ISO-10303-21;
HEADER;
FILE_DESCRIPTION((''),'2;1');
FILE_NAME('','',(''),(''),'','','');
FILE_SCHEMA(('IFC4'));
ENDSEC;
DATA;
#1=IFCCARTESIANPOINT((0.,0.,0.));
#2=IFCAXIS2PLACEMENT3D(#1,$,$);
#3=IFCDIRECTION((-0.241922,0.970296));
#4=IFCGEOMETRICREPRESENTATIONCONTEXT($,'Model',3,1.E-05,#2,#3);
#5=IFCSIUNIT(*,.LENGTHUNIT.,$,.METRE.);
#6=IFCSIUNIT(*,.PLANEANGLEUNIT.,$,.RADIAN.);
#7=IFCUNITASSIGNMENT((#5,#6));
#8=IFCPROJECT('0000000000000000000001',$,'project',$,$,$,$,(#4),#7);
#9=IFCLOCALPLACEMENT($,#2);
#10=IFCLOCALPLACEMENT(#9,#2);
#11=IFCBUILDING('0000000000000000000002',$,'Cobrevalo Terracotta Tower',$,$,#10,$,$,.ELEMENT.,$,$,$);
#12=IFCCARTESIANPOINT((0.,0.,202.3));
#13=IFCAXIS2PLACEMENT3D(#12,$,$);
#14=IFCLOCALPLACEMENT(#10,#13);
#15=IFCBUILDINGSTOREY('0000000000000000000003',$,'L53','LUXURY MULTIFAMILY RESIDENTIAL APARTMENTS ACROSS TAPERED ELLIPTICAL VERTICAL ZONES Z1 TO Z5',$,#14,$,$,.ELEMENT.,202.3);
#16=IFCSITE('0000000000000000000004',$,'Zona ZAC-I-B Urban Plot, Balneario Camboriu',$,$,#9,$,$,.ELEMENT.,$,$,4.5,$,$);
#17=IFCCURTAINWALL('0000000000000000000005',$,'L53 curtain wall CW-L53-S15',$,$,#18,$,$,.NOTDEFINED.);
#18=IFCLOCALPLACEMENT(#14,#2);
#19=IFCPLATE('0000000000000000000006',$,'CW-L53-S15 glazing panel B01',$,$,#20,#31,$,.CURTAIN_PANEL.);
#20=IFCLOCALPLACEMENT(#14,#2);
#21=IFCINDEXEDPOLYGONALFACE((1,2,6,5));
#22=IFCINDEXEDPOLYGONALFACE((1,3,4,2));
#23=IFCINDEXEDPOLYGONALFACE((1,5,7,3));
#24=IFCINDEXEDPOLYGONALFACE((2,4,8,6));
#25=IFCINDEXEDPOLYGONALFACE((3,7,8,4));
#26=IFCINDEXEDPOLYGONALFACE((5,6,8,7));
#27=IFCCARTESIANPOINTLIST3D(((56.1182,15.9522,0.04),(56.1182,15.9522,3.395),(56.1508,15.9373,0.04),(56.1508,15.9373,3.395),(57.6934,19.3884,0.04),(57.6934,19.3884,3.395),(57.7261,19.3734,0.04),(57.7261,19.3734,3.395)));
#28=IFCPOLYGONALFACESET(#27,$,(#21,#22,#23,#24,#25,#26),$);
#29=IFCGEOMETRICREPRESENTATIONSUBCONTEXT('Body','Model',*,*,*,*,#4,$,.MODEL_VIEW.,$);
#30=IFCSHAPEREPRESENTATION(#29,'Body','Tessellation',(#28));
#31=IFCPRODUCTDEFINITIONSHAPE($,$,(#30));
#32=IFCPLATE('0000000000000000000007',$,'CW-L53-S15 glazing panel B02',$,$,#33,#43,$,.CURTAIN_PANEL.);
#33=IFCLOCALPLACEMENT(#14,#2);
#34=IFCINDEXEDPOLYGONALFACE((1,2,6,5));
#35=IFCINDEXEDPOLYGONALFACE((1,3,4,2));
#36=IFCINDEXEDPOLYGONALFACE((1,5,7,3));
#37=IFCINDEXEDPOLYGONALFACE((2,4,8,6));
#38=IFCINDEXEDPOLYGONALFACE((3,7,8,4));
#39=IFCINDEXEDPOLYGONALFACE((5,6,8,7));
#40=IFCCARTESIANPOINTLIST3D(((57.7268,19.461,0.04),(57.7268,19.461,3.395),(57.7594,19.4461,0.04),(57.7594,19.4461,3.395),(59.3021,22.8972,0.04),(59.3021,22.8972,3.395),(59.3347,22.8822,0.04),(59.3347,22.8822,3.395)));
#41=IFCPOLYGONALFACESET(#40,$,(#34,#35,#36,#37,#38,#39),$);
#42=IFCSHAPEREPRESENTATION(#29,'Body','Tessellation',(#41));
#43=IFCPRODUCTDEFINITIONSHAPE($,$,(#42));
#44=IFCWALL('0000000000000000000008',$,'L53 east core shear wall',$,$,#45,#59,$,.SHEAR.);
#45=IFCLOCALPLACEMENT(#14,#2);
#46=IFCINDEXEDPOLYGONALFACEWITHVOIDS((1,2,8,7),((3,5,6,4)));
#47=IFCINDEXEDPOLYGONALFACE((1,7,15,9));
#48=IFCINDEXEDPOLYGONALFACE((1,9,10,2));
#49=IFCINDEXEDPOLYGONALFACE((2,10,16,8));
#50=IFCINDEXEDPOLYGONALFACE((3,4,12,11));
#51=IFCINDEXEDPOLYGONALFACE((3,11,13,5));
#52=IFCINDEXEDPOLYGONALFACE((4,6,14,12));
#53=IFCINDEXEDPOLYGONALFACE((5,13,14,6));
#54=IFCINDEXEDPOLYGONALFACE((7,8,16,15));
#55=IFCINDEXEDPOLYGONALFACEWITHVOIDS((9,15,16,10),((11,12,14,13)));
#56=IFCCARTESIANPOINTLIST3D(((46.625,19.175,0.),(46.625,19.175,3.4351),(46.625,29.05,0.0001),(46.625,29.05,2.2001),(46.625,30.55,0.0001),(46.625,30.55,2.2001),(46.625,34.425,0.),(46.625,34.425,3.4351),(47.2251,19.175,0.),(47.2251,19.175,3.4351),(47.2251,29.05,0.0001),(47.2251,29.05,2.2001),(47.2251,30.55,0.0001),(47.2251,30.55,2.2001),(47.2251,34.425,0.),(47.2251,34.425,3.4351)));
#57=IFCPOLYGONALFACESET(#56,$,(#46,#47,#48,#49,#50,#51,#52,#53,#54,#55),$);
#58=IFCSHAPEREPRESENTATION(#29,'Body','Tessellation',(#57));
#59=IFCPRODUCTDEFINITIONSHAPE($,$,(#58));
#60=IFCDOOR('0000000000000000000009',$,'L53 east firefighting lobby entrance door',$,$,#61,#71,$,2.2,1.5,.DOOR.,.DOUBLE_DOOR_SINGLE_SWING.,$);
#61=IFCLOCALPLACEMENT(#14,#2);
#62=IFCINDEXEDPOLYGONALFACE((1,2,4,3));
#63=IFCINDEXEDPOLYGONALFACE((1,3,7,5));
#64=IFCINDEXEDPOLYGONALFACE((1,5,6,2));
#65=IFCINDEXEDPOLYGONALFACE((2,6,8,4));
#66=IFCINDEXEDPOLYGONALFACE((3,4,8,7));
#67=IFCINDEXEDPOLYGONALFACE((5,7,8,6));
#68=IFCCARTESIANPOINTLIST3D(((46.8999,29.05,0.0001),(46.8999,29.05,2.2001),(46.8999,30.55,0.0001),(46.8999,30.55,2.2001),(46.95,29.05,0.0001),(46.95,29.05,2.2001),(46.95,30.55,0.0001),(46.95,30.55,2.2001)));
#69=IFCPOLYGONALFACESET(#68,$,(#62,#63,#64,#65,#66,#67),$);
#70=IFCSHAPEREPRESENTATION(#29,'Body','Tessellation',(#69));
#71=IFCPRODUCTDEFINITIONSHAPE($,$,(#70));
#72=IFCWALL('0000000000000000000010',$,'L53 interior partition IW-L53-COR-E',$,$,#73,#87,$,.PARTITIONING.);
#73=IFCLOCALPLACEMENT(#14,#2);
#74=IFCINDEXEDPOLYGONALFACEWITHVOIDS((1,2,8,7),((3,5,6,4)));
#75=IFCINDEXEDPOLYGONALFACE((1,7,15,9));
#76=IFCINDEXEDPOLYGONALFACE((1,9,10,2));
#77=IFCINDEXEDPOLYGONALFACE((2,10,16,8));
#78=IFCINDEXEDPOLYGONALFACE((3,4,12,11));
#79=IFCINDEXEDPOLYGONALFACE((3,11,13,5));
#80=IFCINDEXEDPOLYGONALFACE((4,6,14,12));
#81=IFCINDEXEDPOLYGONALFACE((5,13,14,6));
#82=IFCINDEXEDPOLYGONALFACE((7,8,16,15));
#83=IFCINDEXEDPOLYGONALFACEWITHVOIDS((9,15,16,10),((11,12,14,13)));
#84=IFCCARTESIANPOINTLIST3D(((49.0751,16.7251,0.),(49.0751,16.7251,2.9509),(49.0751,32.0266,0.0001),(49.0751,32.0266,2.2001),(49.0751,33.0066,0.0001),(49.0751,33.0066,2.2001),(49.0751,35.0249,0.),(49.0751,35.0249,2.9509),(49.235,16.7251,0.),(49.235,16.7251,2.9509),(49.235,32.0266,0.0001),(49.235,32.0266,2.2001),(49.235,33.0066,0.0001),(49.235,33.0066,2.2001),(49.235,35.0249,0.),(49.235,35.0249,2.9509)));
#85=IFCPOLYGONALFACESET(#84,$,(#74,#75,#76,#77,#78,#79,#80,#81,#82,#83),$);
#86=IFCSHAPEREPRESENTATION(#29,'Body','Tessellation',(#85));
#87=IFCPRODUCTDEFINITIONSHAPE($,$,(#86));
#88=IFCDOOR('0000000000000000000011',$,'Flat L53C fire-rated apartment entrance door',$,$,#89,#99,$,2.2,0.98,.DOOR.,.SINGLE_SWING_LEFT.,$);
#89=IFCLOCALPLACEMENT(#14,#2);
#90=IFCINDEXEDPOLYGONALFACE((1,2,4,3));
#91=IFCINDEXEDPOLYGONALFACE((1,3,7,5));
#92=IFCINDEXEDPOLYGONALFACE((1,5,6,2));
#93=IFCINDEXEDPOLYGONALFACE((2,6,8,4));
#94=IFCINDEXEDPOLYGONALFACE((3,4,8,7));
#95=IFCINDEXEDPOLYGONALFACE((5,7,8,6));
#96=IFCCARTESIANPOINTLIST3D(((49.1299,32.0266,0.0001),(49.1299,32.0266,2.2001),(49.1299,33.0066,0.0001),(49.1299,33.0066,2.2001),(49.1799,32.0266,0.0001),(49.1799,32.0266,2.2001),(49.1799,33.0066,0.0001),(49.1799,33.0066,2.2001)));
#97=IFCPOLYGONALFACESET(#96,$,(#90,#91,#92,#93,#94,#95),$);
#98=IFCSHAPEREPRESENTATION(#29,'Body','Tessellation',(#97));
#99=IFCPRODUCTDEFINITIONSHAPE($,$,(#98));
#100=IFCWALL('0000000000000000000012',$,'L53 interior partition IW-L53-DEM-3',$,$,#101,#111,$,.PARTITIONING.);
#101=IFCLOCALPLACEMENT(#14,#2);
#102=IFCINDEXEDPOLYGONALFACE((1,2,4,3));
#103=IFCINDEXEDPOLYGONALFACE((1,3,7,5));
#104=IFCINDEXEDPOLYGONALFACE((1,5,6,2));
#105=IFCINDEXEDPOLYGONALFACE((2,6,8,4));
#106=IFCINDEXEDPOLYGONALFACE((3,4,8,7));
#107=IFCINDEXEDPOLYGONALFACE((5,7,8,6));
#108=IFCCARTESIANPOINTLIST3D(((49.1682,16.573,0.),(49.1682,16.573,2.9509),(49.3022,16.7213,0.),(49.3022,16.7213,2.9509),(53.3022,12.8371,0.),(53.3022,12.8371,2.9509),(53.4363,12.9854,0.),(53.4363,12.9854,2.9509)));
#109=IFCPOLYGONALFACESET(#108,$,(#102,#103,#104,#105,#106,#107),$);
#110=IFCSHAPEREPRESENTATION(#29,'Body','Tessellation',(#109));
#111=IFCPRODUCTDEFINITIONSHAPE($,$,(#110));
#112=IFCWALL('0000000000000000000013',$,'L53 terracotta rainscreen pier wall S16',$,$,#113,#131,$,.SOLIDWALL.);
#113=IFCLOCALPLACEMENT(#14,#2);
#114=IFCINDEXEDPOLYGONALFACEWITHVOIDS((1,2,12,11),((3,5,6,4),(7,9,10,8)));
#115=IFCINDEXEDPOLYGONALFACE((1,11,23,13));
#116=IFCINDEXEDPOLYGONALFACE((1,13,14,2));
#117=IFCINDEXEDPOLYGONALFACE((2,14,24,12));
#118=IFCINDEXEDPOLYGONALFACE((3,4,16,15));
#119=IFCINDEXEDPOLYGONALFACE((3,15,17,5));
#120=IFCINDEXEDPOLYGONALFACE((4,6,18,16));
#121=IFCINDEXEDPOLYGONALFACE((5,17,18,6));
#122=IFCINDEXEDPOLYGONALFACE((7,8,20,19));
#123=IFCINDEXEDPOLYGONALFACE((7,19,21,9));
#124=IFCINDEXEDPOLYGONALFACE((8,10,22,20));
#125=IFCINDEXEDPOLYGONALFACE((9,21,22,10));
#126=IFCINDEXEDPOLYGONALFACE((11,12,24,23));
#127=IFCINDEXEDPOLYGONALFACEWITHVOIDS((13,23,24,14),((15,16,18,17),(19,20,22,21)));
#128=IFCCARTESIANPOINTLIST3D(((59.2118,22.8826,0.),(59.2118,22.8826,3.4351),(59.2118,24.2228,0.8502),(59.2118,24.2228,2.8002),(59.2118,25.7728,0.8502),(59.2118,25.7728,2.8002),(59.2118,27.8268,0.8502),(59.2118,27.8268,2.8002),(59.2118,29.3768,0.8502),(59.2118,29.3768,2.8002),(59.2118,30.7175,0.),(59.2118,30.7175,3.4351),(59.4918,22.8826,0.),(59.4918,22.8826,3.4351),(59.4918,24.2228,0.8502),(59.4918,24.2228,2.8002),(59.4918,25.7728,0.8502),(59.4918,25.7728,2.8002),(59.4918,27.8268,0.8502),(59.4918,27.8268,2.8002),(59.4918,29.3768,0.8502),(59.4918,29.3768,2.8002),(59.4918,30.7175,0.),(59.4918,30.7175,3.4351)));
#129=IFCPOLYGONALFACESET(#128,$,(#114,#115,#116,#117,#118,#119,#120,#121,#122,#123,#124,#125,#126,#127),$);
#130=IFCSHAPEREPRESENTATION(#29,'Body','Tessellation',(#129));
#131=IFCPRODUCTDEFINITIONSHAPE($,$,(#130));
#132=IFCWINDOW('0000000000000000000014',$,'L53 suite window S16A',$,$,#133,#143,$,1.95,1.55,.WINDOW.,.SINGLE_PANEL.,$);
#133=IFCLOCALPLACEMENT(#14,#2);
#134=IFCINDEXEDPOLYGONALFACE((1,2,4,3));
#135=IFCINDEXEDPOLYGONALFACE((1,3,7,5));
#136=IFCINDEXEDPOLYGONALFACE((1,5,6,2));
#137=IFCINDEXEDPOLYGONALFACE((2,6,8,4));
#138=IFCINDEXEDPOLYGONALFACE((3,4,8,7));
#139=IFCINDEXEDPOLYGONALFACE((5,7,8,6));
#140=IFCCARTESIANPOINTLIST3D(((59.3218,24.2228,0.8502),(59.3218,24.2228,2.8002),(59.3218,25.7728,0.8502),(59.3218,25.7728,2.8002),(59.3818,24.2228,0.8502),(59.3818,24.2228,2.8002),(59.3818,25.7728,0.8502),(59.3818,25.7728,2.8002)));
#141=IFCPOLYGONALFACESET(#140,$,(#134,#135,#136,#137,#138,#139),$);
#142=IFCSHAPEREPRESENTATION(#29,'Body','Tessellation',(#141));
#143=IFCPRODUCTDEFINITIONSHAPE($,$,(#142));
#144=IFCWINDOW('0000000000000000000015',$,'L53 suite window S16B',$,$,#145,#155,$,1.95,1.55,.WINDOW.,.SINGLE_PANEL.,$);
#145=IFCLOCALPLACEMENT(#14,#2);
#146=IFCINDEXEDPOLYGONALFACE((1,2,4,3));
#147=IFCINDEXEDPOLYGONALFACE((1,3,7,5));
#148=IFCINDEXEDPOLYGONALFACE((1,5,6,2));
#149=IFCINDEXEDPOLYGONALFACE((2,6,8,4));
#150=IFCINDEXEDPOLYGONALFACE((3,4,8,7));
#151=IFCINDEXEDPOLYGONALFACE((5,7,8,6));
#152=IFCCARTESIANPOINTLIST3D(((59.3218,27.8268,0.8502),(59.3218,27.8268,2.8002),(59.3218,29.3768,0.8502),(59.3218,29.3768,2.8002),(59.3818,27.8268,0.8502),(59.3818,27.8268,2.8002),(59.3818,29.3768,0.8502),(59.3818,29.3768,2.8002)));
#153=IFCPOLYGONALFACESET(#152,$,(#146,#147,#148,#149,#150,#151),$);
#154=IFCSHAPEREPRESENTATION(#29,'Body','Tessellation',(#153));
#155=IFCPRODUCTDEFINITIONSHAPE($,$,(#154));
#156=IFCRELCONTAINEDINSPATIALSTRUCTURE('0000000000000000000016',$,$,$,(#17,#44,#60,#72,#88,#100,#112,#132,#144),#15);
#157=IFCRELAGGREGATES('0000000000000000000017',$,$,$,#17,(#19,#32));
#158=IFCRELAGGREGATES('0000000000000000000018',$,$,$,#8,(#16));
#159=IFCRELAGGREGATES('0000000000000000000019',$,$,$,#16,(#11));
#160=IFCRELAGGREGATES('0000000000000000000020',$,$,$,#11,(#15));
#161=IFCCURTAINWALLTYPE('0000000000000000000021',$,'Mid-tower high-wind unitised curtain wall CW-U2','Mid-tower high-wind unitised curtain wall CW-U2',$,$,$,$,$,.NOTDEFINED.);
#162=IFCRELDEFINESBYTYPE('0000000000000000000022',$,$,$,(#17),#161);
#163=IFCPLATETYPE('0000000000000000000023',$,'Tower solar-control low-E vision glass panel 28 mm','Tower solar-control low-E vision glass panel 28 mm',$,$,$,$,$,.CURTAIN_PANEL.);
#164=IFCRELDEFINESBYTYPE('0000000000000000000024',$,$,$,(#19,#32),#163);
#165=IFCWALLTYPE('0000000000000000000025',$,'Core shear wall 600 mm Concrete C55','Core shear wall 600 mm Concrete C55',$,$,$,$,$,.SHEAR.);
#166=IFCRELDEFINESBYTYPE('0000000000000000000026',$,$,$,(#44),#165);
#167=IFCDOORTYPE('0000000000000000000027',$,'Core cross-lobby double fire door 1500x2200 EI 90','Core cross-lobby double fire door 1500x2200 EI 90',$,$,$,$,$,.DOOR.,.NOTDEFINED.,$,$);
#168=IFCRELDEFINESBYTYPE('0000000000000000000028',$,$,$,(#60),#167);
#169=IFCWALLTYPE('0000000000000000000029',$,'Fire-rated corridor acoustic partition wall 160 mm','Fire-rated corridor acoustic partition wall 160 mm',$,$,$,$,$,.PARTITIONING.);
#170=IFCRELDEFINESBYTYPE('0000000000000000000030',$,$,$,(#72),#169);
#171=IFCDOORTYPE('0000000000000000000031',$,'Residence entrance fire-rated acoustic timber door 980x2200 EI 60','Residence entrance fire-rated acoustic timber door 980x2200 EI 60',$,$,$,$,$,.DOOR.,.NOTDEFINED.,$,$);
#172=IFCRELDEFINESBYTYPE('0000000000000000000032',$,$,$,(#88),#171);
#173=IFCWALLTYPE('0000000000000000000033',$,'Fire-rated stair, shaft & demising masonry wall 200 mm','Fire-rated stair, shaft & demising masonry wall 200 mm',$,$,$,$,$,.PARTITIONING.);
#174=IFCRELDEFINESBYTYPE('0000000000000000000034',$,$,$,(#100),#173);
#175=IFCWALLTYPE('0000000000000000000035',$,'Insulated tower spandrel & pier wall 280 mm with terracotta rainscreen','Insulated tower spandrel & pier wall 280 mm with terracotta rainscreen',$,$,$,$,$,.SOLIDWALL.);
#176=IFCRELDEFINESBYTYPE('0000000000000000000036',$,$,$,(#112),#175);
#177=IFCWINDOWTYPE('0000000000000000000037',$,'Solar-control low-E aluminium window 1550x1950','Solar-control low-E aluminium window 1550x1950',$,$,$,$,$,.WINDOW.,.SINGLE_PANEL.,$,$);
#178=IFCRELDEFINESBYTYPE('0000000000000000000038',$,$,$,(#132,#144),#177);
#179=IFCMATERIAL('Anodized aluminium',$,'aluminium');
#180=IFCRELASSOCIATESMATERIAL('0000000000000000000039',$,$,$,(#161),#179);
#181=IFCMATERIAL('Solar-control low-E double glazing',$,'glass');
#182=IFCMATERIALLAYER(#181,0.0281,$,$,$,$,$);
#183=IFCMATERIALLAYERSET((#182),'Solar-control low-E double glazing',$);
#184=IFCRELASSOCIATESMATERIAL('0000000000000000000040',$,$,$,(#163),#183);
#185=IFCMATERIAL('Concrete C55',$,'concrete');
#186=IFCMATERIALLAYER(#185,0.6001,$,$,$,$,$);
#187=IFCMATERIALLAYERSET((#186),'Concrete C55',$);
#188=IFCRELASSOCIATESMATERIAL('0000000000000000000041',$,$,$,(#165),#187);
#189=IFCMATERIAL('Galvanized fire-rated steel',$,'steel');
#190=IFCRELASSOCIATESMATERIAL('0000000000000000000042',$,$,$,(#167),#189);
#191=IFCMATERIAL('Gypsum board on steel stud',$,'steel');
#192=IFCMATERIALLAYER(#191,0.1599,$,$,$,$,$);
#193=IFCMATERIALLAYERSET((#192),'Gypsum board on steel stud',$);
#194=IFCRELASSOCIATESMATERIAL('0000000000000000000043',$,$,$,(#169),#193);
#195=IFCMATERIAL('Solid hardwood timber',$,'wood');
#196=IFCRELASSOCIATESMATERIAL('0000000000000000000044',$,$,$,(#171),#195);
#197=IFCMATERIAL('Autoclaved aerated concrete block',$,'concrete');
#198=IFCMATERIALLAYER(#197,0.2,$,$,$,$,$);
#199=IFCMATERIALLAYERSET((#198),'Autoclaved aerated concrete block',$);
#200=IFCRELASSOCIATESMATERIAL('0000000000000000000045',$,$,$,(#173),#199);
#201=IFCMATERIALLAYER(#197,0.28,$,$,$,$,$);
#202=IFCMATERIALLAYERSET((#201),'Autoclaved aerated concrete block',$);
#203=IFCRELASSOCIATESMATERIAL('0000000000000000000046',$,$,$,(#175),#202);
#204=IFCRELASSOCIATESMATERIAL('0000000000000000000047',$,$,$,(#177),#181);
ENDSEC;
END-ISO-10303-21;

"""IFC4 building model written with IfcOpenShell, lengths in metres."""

from ifc_helpers import new_model, si_unit, direction, frame, frame_2d, origin, origin_2d, place, context, subcontext, project, spatial, rectangle, extrude, source, transform, mapped, material, layer, layer_set, type_object, element, fill, aggregate, save


model = new_model("IFC4")

# Units and contexts
model_context = context("Model", 3, precision=1e-05, world=origin(), true_north=direction((-0.241922, 0.970296)))
body_context = subcontext(model_context, "Body", "Model", "MODEL_VIEW")
ifc_project = project(units=[si_unit("LENGTHUNIT", "METRE"), si_unit("PLANEANGLEUNIT", "RADIAN")], contexts=[model_context])

# Site, building, storey
site_placement = place(None, origin())
site = spatial("IfcSite", under=ifc_project, at=site_placement, Name="Zona ZAC-I-B Urban Plot, Balneario Camboriu", CompositionType="ELEMENT", RefElevation=4.5)
building_placement = place(site_placement, origin())
building = spatial("IfcBuilding", under=site, at=building_placement, Name="Cobrevalo Terracotta Tower", CompositionType="ELEMENT")
storey_placement = place(building_placement, frame((0.0, 0.0, 202.3)))
storey = spatial("IfcBuildingStorey", under=building, at=storey_placement, Name="L53", Description="LUXURY MULTIFAMILY RESIDENTIAL APARTMENTS ACROSS TAPERED ELLIPTICAL VERTICAL ZONES Z1 TO Z5", CompositionType="ELEMENT", Elevation=202.3)

# Curtain wall, plates
ifc_material_1 = material(Name="Anodized aluminium", Category="aluminium")
curtain_wall_type = type_object("IfcCurtainWallType", Name="Mid-tower high-wind unitised curtain wall CW-U2", Description="Mid-tower high-wind unitised curtain wall CW-U2", PredefinedType="NOTDEFINED", material=ifc_material_1)
curtain_wall_placement = place(storey_placement, origin())
curtain_wall = element("IfcCurtainWall", 1, at=curtain_wall_placement, inside=storey, type_object=curtain_wall_type, Name="L53 curtain wall CW-L53-S15", PredefinedType="NOTDEFINED")
ifc_material_2 = material(Name="Solar-control low-E double glazing", Category="glass")
ifc_layer_1 = layer(ifc_material_2, 0.0281)
ifc_layer_set_1 = layer_set([ifc_layer_1], Name="Solar-control low-E double glazing")
plate_type = type_object("IfcPlateType", Name="Tower solar-control low-E vision glass panel 28 mm", Description="Tower solar-control low-E vision glass panel 28 mm", PredefinedType="CURTAIN_PANEL", material=ifc_layer_set_1)
shared_shape_1 = source(origin(), body_context, "Body", "SweptSolid", [
    extrude(rectangle(XDim=3.78, YDim=0.0359, at=origin_2d()), origin(), (0.0, 0.0, 1.0), 3.355),
])
plate_1_placement = place(storey_placement, frame((56.9221, 17.6628, 0.04), z_axis=(0.0, 0.0, 1.0), x_axis=(0.416731, 0.90903, 0.0)))
plate_1 = element("IfcPlate", 2, at=plate_1_placement, type_object=plate_type, Name="CW-L53-S15 glazing panel B01", PredefinedType="CURTAIN_PANEL", context=body_context, shape_type="MappedRepresentation", body=[
    mapped(shared_shape_1, transform((0.0, 0.0, 0.0), scale=1.0)),
])
plate_2_placement = place(storey_placement, frame((58.5308, 21.1716, 0.04), z_axis=(0.0, 0.0, 1.0), x_axis=(0.416731, 0.90903, 0.0)))
plate_2 = element("IfcPlate", 3, at=plate_2_placement, type_object=plate_type, Name="CW-L53-S15 glazing panel B02", PredefinedType="CURTAIN_PANEL", context=body_context, shape_type="MappedRepresentation", body=[
    mapped(shared_shape_1, transform((0.0, 0.0, 0.0), scale=1.0)),
])
aggregate(curtain_wall, [plate_1, plate_2])

# Walls, openings, doors
ifc_material_3 = material(Name="Concrete C55", Category="concrete")
ifc_layer_2 = layer(ifc_material_3, 0.6001)
ifc_layer_set_2 = layer_set([ifc_layer_2], Name="Concrete C55")
wall_type_1 = type_object("IfcWallType", Name="Core shear wall 600 mm Concrete C55", Description="Core shear wall 600 mm Concrete C55", PredefinedType="SHEAR", material=ifc_layer_set_2)
wall_1_placement = place(storey_placement, frame((46.925, 19.175, 0.0), z_axis=(0.0, 0.0, 1.0), x_axis=(0.0, 1.0, 0.0)))
wall_1 = element("IfcWall", 4, at=wall_1_placement, inside=storey, type_object=wall_type_1, Name="L53 east core shear wall", PredefinedType="SHEAR", context=body_context, shape_type="SweptSolid", body=[
    extrude(rectangle(XDim=15.25, YDim=0.6001, at=frame_2d((7.625, 0.0))), origin(), (0.0, 0.0, 1.0), 3.4351),
])
opening_1_placement = place(wall_1_placement, frame((9.875, 0.0, 0.0)))
opening_1 = element("IfcOpeningElement", 5, at=opening_1_placement, cuts=wall_1, PredefinedType="OPENING", context=body_context, shape_type="SweptSolid", body=[
    extrude(rectangle(XDim=1.5, YDim=2.2, at=frame_2d((0.75, 1.1001))), frame((0.0, 0.3101, 0.0), z_axis=(0.0, -1.0, 0.0), x_axis=(1.0, 0.0, 0.0)), (0.0, 0.0, 1.0), 0.6201),
])
ifc_material_4 = material(Name="Galvanized fire-rated steel", Category="steel")
door_type_1 = type_object("IfcDoorType", Name="Core cross-lobby double fire door 1500x2200 EI 90", Description="Core cross-lobby double fire door 1500x2200 EI 90", OperationType="NOTDEFINED", PredefinedType="DOOR", material=ifc_material_4)
shared_shape_2 = source(origin(), body_context, "Body", "SweptSolid", [
    extrude(rectangle(XDim=1.5, YDim=2.2, at=frame_2d((0.75, 1.1001))), frame((0.0, 0.0249, 0.0), z_axis=(0.0, -1.0, 0.0), x_axis=(1.0, 0.0, 0.0)), (0.0, 0.0, 1.0), 0.05),
])
door_1_placement = place(opening_1_placement, frame((1.5, 0.0, 0.0), z_axis=(0.0, 0.0, 1.0), x_axis=(-1.0, 0.0, 0.0)))
door_1 = element("IfcDoor", 6, at=door_1_placement, inside=storey, type_object=door_type_1, Name="L53 east firefighting lobby entrance door", OperationType="DOUBLE_DOOR_SINGLE_SWING", OverallHeight=2.2, OverallWidth=1.5, PredefinedType="DOOR", context=body_context, shape_type="MappedRepresentation", body=[
    mapped(shared_shape_2, transform((0.0, 0.0, 0.0), scale=1.0)),
])
fill(opening_1, door_1)
ifc_material_5 = material(Name="Gypsum board on steel stud", Category="steel")
ifc_layer_3 = layer(ifc_material_5, 0.1599)
ifc_layer_set_3 = layer_set([ifc_layer_3], Name="Gypsum board on steel stud")
wall_type_2 = type_object("IfcWallType", Name="Fire-rated corridor acoustic partition wall 160 mm", Description="Fire-rated corridor acoustic partition wall 160 mm", PredefinedType="PARTITIONING", material=ifc_layer_set_3)
wall_2_placement = place(storey_placement, frame((49.155, 16.7251, 0.0), z_axis=(0.0, 0.0, 1.0), x_axis=(0.0, 1.0, 0.0)))
wall_2 = element("IfcWall", 7, at=wall_2_placement, inside=storey, type_object=wall_type_2, Name="L53 interior partition IW-L53-COR-E", PredefinedType="PARTITIONING", context=body_context, shape_type="SweptSolid", body=[
    extrude(rectangle(XDim=18.2998, YDim=0.1599, at=frame_2d((9.1499, 0.0))), origin(), (0.0, 0.0, 1.0), 2.9509),
])
opening_2_placement = place(wall_2_placement, frame((15.3015, 0.0, 0.0)))
opening_2 = element("IfcOpeningElement", 8, at=opening_2_placement, cuts=wall_2, PredefinedType="OPENING", context=body_context, shape_type="SweptSolid", body=[
    extrude(rectangle(XDim=0.98, YDim=2.2, at=frame_2d((0.49, 1.1001))), frame((0.0, 0.0898, 0.0), z_axis=(0.0, -1.0, 0.0), x_axis=(1.0, 0.0, 0.0)), (0.0, 0.0, 1.0), 0.1799),
])
ifc_material_6 = material(Name="Solid hardwood timber", Category="wood")
door_type_2 = type_object("IfcDoorType", Name="Residence entrance fire-rated acoustic timber door 980x2200 EI 60", Description="Residence entrance fire-rated acoustic timber door 980x2200 EI 60", OperationType="NOTDEFINED", PredefinedType="DOOR", material=ifc_material_6)
shared_shape_3 = source(origin(), body_context, "Body", "SweptSolid", [
    extrude(rectangle(XDim=0.98, YDim=2.2, at=frame_2d((0.49, 1.1001))), frame((0.0, 0.0249, 0.0), z_axis=(0.0, -1.0, 0.0), x_axis=(1.0, 0.0, 0.0)), (0.0, 0.0, 1.0), 0.05),
])
door_2_placement = place(opening_2_placement, frame((0.98, 0.0, 0.0), z_axis=(0.0, 0.0, 1.0), x_axis=(-1.0, 0.0, 0.0)))
door_2 = element("IfcDoor", 9, at=door_2_placement, inside=storey, type_object=door_type_2, Name="Flat L53C fire-rated apartment entrance door", OperationType="SINGLE_SWING_LEFT", OverallHeight=2.2, OverallWidth=0.98, PredefinedType="DOOR", context=body_context, shape_type="MappedRepresentation", body=[
    mapped(shared_shape_3, transform((0.0, 0.0, 0.0), scale=1.0)),
])
fill(opening_2, door_2)

# Wall
ifc_material_7 = material(Name="Autoclaved aerated concrete block", Category="concrete")
ifc_layer_4 = layer(ifc_material_7, 0.2)
ifc_layer_set_4 = layer_set([ifc_layer_4], Name="Autoclaved aerated concrete block")
wall_type_3 = type_object("IfcWallType", Name="Fire-rated stair, shaft & demising masonry wall 200 mm", Description="Fire-rated stair, shaft & demising masonry wall 200 mm", PredefinedType="PARTITIONING", material=ifc_layer_set_4)
wall_3_placement = place(storey_placement, frame((49.2351, 16.6472, 0.0), z_axis=(0.0, 0.0, 1.0), x_axis=(0.741935, -0.670471, 0.0)))
element("IfcWall", 10, at=wall_3_placement, inside=storey, type_object=wall_type_3, Name="L53 interior partition IW-L53-DEM-3", PredefinedType="PARTITIONING", context=body_context, shape_type="SweptSolid", body=[
    extrude(rectangle(XDim=5.572, YDim=0.2, at=frame_2d((2.7861, 0.0))), origin(), (0.0, 0.0, 1.0), 2.9509),
])

# Wall, openings, windows
ifc_layer_5 = layer(ifc_material_7, 0.28)
ifc_layer_set_5 = layer_set([ifc_layer_5], Name="Autoclaved aerated concrete block")
wall_type_4 = type_object("IfcWallType", Name="Insulated tower spandrel & pier wall 280 mm with terracotta rainscreen", Description="Insulated tower spandrel & pier wall 280 mm with terracotta rainscreen", PredefinedType="SOLIDWALL", material=ifc_layer_set_5)
wall_4_placement = place(storey_placement, frame((59.3518, 22.8826, 0.0), z_axis=(0.0, 0.0, 1.0), x_axis=(0.0, 1.0, 0.0)))
wall_4 = element("IfcWall", 11, at=wall_4_placement, inside=storey, type_object=wall_type_4, Name="L53 terracotta rainscreen pier wall S16", PredefinedType="SOLIDWALL", context=body_context, shape_type="SweptSolid", body=[
    extrude(rectangle(XDim=7.835, YDim=0.28, at=frame_2d((3.9175, 0.0))), origin(), (0.0, 0.0, 1.0), 3.4351),
])
opening_3_placement = place(wall_4_placement, frame((1.3403, 0.0, 0.8501)))
opening_3 = element("IfcOpeningElement", 12, at=opening_3_placement, cuts=wall_4, PredefinedType="OPENING", context=body_context, shape_type="SweptSolid", body=[
    extrude(rectangle(XDim=1.55, YDim=1.95, at=frame_2d((0.7749, 0.9751))), frame((0.0, 0.1499, 0.0), z_axis=(0.0, -1.0, 0.0), x_axis=(1.0, 0.0, 0.0)), (0.0, 0.0, 1.0), 0.3),
])
opening_4_placement = place(wall_4_placement, frame((4.9443, 0.0, 0.8501)))
opening_4 = element("IfcOpeningElement", 13, at=opening_4_placement, cuts=wall_4, PredefinedType="OPENING", context=body_context, shape_type="SweptSolid", body=[
    extrude(rectangle(XDim=1.55, YDim=1.95, at=frame_2d((0.7749, 0.9751))), frame((0.0, 0.1499, 0.0), z_axis=(0.0, -1.0, 0.0), x_axis=(1.0, 0.0, 0.0)), (0.0, 0.0, 1.0), 0.3),
])
window_type = type_object("IfcWindowType", Name="Solar-control low-E aluminium window 1550x1950", Description="Solar-control low-E aluminium window 1550x1950", PartitioningType="SINGLE_PANEL", PredefinedType="WINDOW", material=ifc_material_2)
shared_shape_4 = source(origin(), body_context, "Body", "SweptSolid", [
    extrude(rectangle(XDim=1.55, YDim=1.95, at=frame_2d((0.7749, 0.9751))), frame((0.0, 0.03, 0.0), z_axis=(0.0, -1.0, 0.0), x_axis=(1.0, 0.0, 0.0)), (0.0, 0.0, 1.0), 0.0601),
])
window_1_placement = place(opening_3_placement, origin())
window_1 = element("IfcWindow", 14, at=window_1_placement, inside=storey, type_object=window_type, Name="L53 suite window S16A", OverallHeight=1.95, OverallWidth=1.55, PartitioningType="SINGLE_PANEL", PredefinedType="WINDOW", context=body_context, shape_type="MappedRepresentation", body=[
    mapped(shared_shape_4, transform((0.0, 0.0, 0.0), scale=1.0)),
])
fill(opening_3, window_1)
window_2_placement = place(opening_4_placement, origin())
window_2 = element("IfcWindow", 15, at=window_2_placement, inside=storey, type_object=window_type, Name="L53 suite window S16B", OverallHeight=1.95, OverallWidth=1.55, PartitioningType="SINGLE_PANEL", PredefinedType="WINDOW", context=body_context, shape_type="MappedRepresentation", body=[
    mapped(shared_shape_4, transform((0.0, 0.0, 0.0), scale=1.0)),
])
fill(opening_4, window_2)

save(model, "model.ifc")
